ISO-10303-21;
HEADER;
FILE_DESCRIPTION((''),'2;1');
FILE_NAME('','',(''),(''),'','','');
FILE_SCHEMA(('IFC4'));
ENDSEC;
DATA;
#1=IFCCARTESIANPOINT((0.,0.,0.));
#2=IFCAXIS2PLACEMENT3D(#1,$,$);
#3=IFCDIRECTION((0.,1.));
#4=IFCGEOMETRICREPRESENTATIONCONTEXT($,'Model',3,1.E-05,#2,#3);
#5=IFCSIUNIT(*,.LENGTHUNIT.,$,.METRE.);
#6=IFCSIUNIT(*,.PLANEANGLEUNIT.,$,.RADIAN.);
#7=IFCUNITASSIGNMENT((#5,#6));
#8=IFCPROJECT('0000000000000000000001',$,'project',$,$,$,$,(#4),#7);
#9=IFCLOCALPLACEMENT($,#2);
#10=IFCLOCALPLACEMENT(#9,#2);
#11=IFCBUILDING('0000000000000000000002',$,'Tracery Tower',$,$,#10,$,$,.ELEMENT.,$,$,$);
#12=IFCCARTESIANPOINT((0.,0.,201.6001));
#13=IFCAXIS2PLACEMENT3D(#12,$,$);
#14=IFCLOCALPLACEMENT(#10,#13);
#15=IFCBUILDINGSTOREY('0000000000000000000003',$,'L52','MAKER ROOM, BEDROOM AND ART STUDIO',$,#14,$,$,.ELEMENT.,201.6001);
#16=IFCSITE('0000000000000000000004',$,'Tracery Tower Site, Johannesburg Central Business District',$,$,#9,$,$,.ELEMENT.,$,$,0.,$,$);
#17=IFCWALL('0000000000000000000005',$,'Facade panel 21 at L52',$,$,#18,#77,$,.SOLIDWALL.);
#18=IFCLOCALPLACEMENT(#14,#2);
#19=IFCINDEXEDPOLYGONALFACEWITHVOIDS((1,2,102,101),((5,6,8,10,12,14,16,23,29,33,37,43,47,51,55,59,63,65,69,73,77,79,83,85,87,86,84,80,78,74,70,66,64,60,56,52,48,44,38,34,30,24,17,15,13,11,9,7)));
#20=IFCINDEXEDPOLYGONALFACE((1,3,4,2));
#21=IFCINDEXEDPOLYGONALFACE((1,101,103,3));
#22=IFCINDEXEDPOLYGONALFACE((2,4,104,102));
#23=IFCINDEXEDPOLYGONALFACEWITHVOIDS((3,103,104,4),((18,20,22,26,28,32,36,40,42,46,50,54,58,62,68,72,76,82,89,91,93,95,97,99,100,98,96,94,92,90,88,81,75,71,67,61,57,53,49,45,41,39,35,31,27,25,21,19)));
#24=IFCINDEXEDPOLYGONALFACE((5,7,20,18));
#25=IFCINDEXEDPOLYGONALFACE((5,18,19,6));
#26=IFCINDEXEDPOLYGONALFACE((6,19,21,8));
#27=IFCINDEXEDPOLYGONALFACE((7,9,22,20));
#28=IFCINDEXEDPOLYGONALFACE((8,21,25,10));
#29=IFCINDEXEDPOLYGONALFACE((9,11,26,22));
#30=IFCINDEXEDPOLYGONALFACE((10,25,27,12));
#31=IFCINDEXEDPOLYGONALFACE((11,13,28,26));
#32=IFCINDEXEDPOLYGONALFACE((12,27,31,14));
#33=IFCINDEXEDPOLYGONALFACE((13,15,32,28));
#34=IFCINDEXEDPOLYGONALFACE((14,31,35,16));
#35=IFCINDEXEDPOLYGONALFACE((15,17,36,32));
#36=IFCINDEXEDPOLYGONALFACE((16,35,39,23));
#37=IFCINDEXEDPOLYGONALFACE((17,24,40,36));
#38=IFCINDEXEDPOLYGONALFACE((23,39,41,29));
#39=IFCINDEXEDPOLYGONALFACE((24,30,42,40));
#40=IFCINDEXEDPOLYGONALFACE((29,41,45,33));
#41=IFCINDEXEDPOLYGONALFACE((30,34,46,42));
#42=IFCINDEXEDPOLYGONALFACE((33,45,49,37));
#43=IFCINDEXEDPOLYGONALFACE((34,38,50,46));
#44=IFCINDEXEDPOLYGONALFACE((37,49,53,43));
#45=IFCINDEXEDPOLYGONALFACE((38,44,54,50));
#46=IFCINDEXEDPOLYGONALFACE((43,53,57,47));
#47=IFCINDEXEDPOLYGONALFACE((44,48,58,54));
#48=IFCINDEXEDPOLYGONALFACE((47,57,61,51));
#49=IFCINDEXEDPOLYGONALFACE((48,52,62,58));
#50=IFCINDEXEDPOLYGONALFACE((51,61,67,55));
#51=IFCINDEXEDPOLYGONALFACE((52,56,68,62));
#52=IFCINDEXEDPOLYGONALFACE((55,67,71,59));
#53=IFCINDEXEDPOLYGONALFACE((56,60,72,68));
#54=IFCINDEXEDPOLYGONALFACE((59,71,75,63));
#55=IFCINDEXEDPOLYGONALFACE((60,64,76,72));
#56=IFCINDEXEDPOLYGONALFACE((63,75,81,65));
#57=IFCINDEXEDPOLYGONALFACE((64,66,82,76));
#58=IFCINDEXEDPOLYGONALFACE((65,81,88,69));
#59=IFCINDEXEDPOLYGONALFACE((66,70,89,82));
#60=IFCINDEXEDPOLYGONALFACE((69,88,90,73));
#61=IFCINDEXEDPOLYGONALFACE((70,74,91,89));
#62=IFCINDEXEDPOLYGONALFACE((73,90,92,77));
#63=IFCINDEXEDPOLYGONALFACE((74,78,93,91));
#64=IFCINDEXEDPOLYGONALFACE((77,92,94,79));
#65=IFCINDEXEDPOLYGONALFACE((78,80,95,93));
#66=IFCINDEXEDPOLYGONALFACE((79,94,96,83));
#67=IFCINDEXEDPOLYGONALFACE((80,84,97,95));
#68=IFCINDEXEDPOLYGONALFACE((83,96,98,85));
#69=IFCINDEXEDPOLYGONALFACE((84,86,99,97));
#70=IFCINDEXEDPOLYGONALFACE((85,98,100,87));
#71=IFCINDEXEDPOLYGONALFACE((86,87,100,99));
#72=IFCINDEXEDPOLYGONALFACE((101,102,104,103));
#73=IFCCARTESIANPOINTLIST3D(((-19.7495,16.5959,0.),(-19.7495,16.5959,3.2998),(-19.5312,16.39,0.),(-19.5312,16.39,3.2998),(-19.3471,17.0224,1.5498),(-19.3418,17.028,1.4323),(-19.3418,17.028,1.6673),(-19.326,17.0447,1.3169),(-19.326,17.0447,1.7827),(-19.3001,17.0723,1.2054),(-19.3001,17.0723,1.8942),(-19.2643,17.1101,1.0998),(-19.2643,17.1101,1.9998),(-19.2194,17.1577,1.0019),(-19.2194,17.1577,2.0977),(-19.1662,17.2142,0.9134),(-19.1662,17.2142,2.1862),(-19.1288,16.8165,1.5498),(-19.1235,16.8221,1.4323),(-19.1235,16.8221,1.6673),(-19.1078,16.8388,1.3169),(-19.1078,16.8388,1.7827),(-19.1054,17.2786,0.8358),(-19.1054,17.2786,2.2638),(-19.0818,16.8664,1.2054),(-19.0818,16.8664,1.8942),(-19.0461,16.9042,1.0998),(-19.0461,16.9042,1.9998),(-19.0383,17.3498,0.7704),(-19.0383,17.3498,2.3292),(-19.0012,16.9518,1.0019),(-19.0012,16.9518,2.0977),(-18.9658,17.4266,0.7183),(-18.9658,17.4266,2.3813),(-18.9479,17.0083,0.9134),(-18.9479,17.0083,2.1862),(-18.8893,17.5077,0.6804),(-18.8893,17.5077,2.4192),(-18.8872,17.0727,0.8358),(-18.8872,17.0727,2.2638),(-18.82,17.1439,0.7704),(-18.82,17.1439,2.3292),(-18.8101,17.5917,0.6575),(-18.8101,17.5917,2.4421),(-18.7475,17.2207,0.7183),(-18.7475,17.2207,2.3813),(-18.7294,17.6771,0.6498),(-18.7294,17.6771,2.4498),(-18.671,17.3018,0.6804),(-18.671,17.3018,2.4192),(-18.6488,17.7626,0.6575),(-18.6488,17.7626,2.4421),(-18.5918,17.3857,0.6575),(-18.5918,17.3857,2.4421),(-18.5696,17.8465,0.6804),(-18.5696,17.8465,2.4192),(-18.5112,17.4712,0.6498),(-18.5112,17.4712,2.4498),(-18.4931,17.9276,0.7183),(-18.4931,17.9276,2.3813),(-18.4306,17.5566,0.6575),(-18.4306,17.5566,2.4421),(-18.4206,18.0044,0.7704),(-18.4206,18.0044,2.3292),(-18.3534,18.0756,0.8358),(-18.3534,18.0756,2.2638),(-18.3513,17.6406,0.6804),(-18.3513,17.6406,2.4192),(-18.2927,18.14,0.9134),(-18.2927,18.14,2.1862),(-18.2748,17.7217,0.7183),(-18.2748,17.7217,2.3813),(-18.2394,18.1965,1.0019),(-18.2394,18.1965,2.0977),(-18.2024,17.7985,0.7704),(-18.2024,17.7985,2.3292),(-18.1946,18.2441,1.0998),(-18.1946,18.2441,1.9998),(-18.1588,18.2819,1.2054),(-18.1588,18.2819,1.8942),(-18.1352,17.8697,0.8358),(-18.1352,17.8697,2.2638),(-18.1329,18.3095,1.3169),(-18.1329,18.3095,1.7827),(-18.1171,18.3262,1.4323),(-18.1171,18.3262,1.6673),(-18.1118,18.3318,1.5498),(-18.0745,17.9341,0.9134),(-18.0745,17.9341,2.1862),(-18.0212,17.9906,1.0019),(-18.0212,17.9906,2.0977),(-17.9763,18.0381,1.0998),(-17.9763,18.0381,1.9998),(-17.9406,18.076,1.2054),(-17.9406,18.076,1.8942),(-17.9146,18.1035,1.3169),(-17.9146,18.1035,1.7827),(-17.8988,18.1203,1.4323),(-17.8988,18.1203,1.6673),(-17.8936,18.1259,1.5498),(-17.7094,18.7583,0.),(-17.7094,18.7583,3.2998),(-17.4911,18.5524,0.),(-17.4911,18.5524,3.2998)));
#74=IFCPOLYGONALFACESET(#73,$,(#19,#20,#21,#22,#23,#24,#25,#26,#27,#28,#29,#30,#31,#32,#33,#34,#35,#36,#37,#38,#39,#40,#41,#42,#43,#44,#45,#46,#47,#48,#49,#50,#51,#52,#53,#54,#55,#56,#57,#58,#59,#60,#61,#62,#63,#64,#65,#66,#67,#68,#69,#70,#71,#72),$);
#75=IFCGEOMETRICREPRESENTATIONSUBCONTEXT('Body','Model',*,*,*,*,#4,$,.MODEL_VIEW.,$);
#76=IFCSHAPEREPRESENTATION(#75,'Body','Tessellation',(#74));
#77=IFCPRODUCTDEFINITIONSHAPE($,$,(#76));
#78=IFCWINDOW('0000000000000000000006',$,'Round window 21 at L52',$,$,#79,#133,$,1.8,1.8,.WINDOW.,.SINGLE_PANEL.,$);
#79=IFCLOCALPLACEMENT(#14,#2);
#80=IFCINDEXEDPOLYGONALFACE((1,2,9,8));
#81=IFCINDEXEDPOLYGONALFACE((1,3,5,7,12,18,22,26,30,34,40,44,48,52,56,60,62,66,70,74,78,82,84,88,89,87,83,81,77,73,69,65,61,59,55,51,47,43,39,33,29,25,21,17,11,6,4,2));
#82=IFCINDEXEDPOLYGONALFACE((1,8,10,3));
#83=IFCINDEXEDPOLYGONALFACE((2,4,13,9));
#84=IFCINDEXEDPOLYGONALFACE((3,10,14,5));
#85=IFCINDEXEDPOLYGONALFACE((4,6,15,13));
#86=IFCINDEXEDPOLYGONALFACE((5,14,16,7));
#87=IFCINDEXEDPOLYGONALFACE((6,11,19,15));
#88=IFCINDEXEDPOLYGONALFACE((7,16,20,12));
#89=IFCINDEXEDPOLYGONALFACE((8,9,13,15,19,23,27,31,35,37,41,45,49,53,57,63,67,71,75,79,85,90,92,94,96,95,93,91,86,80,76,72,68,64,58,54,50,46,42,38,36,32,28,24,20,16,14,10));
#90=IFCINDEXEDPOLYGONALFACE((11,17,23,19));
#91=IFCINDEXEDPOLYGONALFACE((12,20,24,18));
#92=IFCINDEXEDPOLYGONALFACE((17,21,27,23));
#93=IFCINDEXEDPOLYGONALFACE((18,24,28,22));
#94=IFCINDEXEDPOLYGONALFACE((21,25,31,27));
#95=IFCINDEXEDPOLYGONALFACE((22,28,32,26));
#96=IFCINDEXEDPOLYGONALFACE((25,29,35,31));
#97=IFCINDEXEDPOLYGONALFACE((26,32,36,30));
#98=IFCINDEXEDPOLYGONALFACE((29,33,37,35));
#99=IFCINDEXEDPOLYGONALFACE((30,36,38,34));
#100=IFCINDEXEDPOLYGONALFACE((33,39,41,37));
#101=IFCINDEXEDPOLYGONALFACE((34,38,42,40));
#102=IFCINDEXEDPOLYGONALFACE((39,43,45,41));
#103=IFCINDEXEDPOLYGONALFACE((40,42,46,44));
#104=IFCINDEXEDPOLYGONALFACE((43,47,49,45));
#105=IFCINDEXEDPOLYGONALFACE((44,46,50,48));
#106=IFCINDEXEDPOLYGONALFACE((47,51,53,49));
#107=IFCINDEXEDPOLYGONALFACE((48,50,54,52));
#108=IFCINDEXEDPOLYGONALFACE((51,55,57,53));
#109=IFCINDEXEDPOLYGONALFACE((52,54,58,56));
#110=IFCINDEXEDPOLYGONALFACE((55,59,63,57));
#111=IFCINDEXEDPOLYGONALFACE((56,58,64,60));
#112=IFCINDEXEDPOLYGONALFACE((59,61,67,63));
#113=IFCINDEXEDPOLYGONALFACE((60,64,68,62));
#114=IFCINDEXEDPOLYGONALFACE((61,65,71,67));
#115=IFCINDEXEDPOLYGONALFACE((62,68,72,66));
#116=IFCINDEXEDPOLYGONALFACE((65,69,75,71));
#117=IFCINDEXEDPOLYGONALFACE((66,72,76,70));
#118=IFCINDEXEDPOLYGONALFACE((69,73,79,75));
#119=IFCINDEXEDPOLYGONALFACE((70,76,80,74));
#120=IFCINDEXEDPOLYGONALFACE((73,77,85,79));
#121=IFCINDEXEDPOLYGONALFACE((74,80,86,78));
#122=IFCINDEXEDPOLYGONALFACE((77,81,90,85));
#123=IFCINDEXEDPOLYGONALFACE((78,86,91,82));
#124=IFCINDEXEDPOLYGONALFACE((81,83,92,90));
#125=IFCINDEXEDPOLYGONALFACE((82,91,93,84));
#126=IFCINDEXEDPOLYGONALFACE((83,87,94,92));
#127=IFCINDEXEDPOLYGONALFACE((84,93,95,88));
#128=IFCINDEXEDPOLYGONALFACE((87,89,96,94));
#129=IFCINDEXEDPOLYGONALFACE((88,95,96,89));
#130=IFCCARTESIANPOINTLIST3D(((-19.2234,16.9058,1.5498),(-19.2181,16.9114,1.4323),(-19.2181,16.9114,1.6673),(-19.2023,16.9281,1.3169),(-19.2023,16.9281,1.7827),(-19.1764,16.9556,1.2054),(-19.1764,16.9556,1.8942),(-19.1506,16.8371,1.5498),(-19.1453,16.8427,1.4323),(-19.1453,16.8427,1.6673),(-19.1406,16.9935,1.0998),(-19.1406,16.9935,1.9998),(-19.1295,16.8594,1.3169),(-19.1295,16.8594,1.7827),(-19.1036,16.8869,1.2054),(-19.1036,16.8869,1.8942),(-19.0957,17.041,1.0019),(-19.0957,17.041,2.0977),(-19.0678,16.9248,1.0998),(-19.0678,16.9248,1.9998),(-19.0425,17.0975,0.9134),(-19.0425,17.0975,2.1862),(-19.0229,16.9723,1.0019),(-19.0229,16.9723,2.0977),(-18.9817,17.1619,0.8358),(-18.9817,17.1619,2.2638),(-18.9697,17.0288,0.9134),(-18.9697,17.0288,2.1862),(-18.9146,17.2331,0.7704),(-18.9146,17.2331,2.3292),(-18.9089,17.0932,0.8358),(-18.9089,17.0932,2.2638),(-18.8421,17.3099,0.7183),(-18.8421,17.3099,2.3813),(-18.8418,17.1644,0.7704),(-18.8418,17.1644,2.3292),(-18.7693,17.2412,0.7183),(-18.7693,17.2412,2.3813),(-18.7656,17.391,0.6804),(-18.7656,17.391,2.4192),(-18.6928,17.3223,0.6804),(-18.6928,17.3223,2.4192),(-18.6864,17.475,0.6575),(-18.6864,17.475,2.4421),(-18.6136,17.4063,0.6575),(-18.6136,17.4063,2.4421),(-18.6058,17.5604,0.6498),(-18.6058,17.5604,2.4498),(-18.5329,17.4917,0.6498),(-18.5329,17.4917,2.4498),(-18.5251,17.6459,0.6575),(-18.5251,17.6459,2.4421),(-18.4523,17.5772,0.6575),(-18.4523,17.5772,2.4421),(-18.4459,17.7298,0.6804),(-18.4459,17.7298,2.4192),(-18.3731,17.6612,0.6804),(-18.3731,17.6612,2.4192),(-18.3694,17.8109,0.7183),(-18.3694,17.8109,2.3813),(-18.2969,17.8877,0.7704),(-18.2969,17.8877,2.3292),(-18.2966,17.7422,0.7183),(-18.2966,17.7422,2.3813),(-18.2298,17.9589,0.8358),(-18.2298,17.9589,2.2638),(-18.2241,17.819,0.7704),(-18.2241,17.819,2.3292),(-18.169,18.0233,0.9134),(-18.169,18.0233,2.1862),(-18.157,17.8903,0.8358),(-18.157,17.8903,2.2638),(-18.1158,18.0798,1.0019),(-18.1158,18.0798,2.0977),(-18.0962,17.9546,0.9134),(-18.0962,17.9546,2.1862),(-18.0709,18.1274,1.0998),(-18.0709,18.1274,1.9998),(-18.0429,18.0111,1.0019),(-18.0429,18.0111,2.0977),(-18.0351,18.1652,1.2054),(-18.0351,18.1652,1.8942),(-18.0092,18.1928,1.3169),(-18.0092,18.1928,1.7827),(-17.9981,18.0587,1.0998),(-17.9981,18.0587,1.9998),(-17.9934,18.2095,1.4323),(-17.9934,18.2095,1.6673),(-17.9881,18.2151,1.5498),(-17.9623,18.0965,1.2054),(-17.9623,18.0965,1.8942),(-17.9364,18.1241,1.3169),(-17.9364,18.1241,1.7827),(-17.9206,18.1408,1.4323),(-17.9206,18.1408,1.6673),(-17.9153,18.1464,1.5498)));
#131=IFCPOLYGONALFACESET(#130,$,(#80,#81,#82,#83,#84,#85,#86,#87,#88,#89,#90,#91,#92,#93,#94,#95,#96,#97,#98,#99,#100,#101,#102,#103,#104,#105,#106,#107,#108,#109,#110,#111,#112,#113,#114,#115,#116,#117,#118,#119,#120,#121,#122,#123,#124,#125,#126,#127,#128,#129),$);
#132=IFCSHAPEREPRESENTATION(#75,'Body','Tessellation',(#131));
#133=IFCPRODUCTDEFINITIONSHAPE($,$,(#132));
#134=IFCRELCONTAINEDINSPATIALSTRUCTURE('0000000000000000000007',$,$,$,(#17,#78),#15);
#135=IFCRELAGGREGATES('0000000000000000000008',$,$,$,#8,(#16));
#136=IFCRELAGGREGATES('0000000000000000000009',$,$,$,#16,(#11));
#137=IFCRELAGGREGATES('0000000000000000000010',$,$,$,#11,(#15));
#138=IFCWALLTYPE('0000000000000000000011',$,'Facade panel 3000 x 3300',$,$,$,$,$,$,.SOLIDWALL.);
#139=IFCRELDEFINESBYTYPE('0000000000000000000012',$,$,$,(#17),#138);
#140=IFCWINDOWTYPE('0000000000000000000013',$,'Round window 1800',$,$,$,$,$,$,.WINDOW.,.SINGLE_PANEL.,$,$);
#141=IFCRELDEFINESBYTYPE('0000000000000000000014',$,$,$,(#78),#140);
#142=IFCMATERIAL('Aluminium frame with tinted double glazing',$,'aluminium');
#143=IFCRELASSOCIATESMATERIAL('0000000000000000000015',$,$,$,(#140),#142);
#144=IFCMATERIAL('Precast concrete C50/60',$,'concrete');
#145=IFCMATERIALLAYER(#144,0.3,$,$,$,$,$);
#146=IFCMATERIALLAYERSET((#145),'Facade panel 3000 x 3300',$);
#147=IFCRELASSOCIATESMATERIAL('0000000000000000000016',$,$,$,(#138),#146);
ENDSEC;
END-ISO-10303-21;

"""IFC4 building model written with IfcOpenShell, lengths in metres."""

from ifc_helpers import new_model, si_unit, direction, frame, frame_2d, origin, origin_2d, place, context, subcontext, project, spatial, rectangle, circle, extrude, material, layer, layer_set, type_object, element, fill, save


model = new_model("IFC4")

# Units and contexts
model_context = context("Model", 3, precision=1e-05, world=origin(), true_north=direction((0.0, 1.0)))
body_context = subcontext(model_context, "Body", "Model", "MODEL_VIEW")
ifc_project = project(units=[si_unit("LENGTHUNIT", "METRE"), si_unit("PLANEANGLEUNIT", "RADIAN")], contexts=[model_context])

# Site, building, storey
site_placement = place(None, origin())
site = spatial("IfcSite", under=ifc_project, at=site_placement, Name="Tracery Tower Site, Johannesburg Central Business District", CompositionType="ELEMENT", RefElevation=0.0)
building_placement = place(site_placement, origin())
building = spatial("IfcBuilding", under=site, at=building_placement, Name="Tracery Tower", CompositionType="ELEMENT")
storey_placement = place(building_placement, frame((0.0, 0.0, 201.6001)))
storey = spatial("IfcBuildingStorey", under=building, at=storey_placement, Name="L52", Description="MAKER ROOM, BEDROOM AND ART STUDIO", CompositionType="ELEMENT", Elevation=201.6001)

# Wall, opening, window
ifc_material_1 = material(Name="Aluminium frame with tinted double glazing", Category="aluminium")
window_type = type_object("IfcWindowType", Name="Round window 1800", PartitioningType="SINGLE_PANEL", PredefinedType="WINDOW", material=ifc_material_1)
ifc_material_2 = material(Name="Precast concrete C50/60", Category="concrete")
ifc_layer_1 = layer(ifc_material_2, 0.3)
ifc_layer_set_1 = layer_set([ifc_layer_1], Name="Facade panel 3000 x 3300")
wall_type_1 = type_object("IfcWallType", Name="Facade panel 3000 x 3300", PredefinedType="SOLIDWALL", material=ifc_layer_set_1)
wall_1_placement = place(storey_placement, frame((-17.6003, 18.6553, 0.0), z_axis=(0.0, 0.0, 1.0), x_axis=(-0.686235, -0.72738, 0.0)))
wall_1 = element("IfcWall", 1, at=wall_1_placement, inside=storey, type_object=wall_type_1, Name="Facade panel 21 at L52", PredefinedType="SOLIDWALL", context=body_context, shape_type="SweptSolid", body=[
    extrude(rectangle(XDim=2.9729, YDim=0.3, at=frame_2d((1.4863, 0.0))), origin(), (0.0, 0.0, 1.0), 3.2998),
])
opening_1_placement = place(wall_1_placement, frame((1.4863, 0.0, 1.5498)))
opening_1 = element("IfcOpeningElement", 2, at=opening_1_placement, cuts=wall_1, PredefinedType="OPENING", context=body_context, shape_type="SweptSolid", body=[
    extrude(circle(Radius=0.9, at=origin_2d()), frame((0.0, 0.1599, 0.0), z_axis=(0.0, -1.0, 0.0), x_axis=(1.0, 0.0, 0.0)), (0.0, 0.0, 1.0), 0.3201),
])
window_1_placement = place(opening_1_placement, origin())
window_1 = element("IfcWindow", 3, at=window_1_placement, inside=storey, type_object=window_type, Name="Round window 21 at L52", OverallHeight=1.8, OverallWidth=1.8, PartitioningType="SINGLE_PANEL", PredefinedType="WINDOW", context=body_context, shape_type="SweptSolid", body=[
    extrude(circle(Radius=0.9, at=origin_2d()), frame((0.0, 0.1201, 0.0), z_axis=(0.0, -1.0, 0.0), x_axis=(1.0, 0.0, 0.0)), (0.0, 0.0, 1.0), 0.1001),
])
fill(opening_1, window_1)

save(model, "model.ifc")
